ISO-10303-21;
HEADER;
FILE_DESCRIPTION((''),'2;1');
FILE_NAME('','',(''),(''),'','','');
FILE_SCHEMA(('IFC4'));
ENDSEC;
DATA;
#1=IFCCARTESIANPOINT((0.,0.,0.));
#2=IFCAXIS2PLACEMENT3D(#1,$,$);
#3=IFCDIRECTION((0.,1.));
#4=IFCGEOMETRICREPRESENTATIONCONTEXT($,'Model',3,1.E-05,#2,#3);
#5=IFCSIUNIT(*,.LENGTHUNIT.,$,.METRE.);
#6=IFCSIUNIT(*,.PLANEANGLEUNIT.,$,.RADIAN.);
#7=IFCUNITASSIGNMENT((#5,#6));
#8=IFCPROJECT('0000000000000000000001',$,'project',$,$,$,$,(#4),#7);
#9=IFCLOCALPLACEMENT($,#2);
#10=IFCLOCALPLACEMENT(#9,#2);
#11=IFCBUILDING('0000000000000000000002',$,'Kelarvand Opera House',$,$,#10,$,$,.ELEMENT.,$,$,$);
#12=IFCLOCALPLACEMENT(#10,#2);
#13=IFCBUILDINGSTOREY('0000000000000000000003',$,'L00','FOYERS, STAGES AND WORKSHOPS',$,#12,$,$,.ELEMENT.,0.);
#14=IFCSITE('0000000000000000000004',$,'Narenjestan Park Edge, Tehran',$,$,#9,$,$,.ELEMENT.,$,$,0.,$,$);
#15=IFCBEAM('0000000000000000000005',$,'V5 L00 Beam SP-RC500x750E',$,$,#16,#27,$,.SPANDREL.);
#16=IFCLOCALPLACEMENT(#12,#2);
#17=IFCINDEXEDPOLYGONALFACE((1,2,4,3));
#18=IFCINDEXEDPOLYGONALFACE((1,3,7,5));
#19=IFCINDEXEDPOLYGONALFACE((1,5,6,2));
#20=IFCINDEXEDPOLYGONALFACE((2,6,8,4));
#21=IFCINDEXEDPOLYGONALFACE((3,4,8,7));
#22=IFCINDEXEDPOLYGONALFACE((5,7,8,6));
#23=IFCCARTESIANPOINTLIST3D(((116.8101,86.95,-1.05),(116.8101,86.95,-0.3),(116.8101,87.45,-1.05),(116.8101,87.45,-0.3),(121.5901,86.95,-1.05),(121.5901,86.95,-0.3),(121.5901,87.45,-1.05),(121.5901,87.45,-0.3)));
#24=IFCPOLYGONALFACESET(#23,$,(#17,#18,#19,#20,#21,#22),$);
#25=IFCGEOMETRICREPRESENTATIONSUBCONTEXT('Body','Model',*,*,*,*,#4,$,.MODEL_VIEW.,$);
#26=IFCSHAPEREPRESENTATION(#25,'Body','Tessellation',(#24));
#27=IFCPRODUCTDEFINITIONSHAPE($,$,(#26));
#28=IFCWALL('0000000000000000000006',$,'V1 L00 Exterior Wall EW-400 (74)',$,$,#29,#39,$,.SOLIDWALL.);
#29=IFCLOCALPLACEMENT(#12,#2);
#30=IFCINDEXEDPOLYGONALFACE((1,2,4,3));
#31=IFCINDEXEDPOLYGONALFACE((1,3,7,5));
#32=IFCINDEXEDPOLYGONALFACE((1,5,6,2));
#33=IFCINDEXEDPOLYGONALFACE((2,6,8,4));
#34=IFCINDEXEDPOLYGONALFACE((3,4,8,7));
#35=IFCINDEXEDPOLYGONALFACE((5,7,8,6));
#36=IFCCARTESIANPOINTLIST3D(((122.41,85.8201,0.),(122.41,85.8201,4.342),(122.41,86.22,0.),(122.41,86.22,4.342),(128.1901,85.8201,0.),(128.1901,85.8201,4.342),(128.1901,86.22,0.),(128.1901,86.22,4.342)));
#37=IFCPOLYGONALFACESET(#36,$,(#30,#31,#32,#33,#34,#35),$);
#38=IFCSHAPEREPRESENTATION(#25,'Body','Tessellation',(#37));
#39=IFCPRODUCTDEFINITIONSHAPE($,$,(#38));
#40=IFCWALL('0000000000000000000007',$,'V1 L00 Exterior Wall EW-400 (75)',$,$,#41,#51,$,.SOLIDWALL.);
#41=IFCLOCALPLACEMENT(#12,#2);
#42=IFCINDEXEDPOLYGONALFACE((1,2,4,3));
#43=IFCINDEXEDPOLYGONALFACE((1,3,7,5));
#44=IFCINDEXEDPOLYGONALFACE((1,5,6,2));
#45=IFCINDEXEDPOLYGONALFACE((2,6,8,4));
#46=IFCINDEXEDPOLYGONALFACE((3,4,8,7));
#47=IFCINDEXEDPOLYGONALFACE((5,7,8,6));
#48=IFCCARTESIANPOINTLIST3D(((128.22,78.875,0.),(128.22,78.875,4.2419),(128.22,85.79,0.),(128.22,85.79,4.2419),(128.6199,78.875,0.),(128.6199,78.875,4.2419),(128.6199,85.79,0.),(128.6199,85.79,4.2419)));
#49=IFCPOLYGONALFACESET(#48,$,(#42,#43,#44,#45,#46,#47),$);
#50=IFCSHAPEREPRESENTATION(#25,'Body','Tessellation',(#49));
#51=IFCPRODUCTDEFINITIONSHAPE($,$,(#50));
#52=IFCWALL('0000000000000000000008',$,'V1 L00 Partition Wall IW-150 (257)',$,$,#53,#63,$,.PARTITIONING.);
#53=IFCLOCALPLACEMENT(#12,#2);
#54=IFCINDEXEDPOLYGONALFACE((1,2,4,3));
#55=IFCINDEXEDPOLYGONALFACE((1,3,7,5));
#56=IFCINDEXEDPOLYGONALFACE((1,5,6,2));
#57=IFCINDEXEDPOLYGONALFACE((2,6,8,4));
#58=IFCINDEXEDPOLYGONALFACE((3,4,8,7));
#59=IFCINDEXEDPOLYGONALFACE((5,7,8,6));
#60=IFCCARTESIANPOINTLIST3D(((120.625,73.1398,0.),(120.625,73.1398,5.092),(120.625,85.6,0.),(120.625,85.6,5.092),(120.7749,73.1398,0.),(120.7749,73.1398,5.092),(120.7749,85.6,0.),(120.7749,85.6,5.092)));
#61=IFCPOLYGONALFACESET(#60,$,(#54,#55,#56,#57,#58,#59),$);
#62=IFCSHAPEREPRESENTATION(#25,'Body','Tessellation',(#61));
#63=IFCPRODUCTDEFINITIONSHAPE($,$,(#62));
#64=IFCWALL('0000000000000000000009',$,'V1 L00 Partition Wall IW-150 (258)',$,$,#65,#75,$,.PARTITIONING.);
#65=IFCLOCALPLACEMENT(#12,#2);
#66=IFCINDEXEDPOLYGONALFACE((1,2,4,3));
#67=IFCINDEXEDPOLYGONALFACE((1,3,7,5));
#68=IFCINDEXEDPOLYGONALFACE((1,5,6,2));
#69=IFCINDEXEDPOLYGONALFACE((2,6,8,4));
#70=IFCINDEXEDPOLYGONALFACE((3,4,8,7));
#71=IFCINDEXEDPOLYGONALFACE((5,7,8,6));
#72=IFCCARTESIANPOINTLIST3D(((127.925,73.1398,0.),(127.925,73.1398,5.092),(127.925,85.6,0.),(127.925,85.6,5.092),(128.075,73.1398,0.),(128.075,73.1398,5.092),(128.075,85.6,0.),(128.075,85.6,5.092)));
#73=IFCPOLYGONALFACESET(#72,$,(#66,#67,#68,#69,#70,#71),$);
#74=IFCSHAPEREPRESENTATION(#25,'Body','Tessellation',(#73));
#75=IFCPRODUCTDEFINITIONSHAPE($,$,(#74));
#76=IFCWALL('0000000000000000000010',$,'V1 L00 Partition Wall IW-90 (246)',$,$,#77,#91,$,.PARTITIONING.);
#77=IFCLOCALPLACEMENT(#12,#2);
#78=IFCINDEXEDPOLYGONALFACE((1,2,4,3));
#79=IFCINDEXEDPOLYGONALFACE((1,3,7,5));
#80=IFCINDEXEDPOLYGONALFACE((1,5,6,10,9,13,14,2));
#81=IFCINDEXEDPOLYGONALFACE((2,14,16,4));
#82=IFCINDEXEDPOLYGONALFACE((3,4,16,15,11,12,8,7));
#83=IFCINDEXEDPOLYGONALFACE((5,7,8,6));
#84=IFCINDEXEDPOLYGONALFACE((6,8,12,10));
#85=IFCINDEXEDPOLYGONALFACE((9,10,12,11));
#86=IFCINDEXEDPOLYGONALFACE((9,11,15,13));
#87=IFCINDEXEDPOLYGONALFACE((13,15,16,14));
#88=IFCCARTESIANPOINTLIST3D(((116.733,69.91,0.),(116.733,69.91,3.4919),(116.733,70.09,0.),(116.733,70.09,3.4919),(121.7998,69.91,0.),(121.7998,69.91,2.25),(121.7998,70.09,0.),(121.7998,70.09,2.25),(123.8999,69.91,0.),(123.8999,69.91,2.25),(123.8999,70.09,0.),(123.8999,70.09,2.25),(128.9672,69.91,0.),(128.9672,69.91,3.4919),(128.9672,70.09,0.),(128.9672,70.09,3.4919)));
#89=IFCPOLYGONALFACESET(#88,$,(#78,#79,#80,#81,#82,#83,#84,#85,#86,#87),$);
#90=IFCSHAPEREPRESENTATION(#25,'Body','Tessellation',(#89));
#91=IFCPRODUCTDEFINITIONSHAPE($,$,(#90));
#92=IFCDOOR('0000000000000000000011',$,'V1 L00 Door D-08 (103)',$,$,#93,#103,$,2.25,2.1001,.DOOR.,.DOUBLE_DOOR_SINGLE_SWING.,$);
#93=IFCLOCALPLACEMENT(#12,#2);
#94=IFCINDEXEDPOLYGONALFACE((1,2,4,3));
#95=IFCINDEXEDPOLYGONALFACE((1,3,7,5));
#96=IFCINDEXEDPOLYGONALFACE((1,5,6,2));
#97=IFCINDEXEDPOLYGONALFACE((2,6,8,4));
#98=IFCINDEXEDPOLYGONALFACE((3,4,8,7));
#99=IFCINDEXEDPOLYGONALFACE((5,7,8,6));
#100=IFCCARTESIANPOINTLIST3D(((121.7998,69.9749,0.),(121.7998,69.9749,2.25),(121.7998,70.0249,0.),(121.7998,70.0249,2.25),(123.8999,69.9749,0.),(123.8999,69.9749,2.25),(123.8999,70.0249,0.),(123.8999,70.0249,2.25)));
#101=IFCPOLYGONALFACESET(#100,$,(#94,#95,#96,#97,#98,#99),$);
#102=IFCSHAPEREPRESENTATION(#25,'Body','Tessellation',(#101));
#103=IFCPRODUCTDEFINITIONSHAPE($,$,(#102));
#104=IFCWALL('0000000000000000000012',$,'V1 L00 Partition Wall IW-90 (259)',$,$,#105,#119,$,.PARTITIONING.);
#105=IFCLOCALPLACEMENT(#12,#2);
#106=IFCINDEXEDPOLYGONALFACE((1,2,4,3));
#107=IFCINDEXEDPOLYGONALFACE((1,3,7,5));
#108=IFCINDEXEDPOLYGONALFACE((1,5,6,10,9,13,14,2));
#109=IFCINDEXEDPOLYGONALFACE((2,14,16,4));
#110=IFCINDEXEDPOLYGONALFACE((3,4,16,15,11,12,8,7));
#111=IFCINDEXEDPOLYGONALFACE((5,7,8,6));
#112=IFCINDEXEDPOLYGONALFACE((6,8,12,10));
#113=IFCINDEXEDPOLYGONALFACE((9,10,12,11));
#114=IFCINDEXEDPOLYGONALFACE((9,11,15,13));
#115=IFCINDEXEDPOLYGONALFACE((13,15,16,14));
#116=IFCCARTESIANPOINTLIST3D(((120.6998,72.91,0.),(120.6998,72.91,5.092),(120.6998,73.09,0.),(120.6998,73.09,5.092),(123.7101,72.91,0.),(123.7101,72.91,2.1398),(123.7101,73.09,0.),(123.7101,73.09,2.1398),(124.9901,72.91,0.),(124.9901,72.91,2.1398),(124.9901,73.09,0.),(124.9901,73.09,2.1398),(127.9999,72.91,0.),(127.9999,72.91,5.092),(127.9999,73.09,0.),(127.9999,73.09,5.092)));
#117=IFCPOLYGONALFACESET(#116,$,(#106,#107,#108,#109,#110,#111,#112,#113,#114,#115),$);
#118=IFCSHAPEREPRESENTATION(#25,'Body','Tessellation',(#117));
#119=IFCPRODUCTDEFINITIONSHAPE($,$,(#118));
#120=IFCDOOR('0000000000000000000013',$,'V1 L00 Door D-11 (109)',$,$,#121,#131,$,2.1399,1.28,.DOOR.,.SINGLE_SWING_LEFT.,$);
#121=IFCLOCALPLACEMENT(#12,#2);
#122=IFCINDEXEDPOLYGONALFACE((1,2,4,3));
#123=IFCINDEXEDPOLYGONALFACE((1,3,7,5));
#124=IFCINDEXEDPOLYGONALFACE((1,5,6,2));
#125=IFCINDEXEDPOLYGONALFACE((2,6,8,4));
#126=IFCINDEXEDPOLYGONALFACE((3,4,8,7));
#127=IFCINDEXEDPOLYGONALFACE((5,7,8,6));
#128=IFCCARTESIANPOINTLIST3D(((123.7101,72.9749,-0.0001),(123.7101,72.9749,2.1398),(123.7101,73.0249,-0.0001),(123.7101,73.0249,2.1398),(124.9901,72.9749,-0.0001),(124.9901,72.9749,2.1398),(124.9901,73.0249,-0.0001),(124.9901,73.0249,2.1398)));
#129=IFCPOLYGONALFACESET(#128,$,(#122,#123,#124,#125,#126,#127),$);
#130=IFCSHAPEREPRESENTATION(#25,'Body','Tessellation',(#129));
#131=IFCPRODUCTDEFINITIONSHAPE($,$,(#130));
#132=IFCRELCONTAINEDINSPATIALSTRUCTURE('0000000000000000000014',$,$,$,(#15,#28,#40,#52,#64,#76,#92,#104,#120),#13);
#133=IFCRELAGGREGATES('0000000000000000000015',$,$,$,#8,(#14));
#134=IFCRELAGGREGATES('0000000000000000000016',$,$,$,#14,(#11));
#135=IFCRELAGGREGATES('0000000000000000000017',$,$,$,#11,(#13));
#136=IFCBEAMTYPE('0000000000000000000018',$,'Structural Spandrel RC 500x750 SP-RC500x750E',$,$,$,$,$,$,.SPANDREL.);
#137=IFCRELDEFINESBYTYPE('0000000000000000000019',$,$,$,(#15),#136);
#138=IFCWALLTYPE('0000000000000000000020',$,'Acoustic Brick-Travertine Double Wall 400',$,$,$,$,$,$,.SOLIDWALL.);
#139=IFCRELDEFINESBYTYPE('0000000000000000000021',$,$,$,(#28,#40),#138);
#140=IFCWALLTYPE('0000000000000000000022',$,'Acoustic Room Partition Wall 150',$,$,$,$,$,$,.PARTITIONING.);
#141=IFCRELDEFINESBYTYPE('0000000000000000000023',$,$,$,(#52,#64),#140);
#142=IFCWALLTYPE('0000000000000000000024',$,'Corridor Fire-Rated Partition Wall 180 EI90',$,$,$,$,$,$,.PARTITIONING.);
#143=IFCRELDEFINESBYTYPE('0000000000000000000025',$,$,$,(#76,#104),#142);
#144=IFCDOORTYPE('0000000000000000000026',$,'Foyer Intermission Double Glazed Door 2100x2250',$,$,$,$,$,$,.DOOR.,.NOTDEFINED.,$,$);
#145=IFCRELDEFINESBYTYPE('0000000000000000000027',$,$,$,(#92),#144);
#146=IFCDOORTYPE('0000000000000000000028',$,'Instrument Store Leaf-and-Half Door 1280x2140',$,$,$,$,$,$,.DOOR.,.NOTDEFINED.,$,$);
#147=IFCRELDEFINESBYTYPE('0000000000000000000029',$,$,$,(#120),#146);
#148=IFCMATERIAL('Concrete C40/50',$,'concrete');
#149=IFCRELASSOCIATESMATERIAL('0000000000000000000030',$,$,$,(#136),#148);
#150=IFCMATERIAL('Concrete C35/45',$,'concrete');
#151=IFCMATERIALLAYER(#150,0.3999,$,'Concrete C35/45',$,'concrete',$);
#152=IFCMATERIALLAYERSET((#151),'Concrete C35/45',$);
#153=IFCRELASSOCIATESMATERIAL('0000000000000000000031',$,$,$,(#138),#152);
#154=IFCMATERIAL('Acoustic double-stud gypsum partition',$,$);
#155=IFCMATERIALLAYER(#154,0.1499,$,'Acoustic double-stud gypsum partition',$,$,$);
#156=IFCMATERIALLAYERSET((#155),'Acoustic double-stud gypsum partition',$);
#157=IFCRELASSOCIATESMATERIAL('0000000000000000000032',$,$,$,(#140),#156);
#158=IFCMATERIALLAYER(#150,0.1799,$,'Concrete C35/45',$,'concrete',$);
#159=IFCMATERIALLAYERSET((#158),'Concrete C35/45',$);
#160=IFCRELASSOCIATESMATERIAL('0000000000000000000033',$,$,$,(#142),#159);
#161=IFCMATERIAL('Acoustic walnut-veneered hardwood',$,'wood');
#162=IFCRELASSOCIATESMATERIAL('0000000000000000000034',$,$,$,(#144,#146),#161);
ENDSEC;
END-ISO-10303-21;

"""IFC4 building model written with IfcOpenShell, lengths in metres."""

from ifc_helpers import new_model, si_unit, direction, frame, frame_2d, origin, origin_2d, place, context, subcontext, project, spatial, rectangle, extrude, material, layer, layer_set, material_profile, profile_set, type_object, element, fill, save


model = new_model("IFC4")

# Units and contexts
model_context = context("Model", 3, precision=1e-05, world=origin(), true_north=direction((0.0, 1.0)))
body_context = subcontext(model_context, "Body", "Model", "MODEL_VIEW")
ifc_project = project(units=[si_unit("LENGTHUNIT", "METRE"), si_unit("PLANEANGLEUNIT", "RADIAN")], contexts=[model_context])

# Site, building, storey
site_placement = place(None, origin())
site = spatial("IfcSite", under=ifc_project, at=site_placement, Name="Narenjestan Park Edge, Tehran", CompositionType="ELEMENT", RefElevation=0.0)
building_placement = place(site_placement, origin())
building = spatial("IfcBuilding", under=site, at=building_placement, Name="Kelarvand Opera House", CompositionType="ELEMENT")
storey_placement = place(building_placement, origin())
storey = spatial("IfcBuildingStorey", under=building, at=storey_placement, Name="L00", Description="FOYERS, STAGES AND WORKSHOPS", CompositionType="ELEMENT", Elevation=0.0)

# Shared definitions
ifc_material_1 = material(Name="Concrete C40/50", Category="concrete")

# Beam
ifc_material_profile_1 = material_profile(ifc_material_1, rectangle(XDim=0.5, YDim=0.75, at=origin_2d()), Name="RC 500x750", Category="concrete")
ifc_profile_set_1 = profile_set([ifc_material_profile_1], Name="Concrete C40/50")
beam_type_1 = type_object("IfcBeamType", Name="Structural Spandrel RC 500x750 SP-RC500x750E", PredefinedType="SPANDREL", material=ifc_profile_set_1)
beam_1_placement = place(storey_placement, frame((116.8101, 87.2, -0.675), z_axis=(1.0, 0.0, 0.0), x_axis=(0.0, 1.0, 0.0)))
element("IfcBeam", 1, at=beam_1_placement, inside=storey, type_object=beam_type_1, Name="V5 L00 Beam SP-RC500x750E", PredefinedType="SPANDREL", context=body_context, shape_type="SweptSolid", body=[
    extrude(rectangle(XDim=0.5, YDim=0.75, at=origin_2d()), origin(), (0.0, 0.0, 1.0), 4.78),
])

# Walls
ifc_material_2 = material(Name="Concrete C35/45", Category="concrete")
ifc_layer_1 = layer(ifc_material_2, 0.3999, Name="Concrete C35/45", Category="concrete")
ifc_layer_set_1 = layer_set([ifc_layer_1], Name="Concrete C35/45")
wall_type_1 = type_object("IfcWallType", Name="Acoustic Brick-Travertine Double Wall 400", PredefinedType="SOLIDWALL", material=ifc_layer_set_1)
wall_1_placement = place(storey_placement, frame((122.4099, 86.02, 0.0), z_axis=(0.0, 0.0, 1.0), x_axis=(1.0, 0.0, 0.0)))
element("IfcWall", 2, at=wall_1_placement, inside=storey, type_object=wall_type_1, Name="V1 L00 Exterior Wall EW-400 (74)", PredefinedType="SOLIDWALL", context=body_context, shape_type="SweptSolid", body=[
    extrude(rectangle(XDim=5.78, YDim=0.3999, at=frame_2d((2.8901, 0.0))), origin(), (0.0, 0.0, 1.0), 4.342),
])
wall_2_placement = place(storey_placement, frame((128.4199, 85.79, 0.0), z_axis=(0.0, 0.0, 1.0), x_axis=(0.0, -1.0, 0.0)))
element("IfcWall", 3, at=wall_2_placement, inside=storey, type_object=wall_type_1, Name="V1 L00 Exterior Wall EW-400 (75)", PredefinedType="SOLIDWALL", context=body_context, shape_type="SweptSolid", body=[
    extrude(rectangle(XDim=6.915, YDim=0.3999, at=frame_2d((3.4575, 0.0))), origin(), (0.0, 0.0, 1.0), 4.2419),
])
ifc_material_3 = material(Name="Acoustic double-stud gypsum partition")
ifc_layer_2 = layer(ifc_material_3, 0.1499, Name="Acoustic double-stud gypsum partition")
ifc_layer_set_2 = layer_set([ifc_layer_2], Name="Acoustic double-stud gypsum partition")
wall_type_2 = type_object("IfcWallType", Name="Acoustic Room Partition Wall 150", PredefinedType="PARTITIONING", material=ifc_layer_set_2)
for number, where, z_axis, x_axis, name in (
    (4, (120.7, 73.1399, 0.0), (0.0, 0.0, 1.0), (0.0, 1.0, 0.0), "V1 L00 Partition Wall IW-150 (257)"),
    (5, (128.0, 73.1399, 0.0), (0.0, 0.0, 1.0), (0.0, 1.0, 0.0), "V1 L00 Partition Wall IW-150 (258)"),
):
    element("IfcWall", number, at=place(storey_placement, frame(where, z_axis=z_axis, x_axis=x_axis)), inside=storey, type_object=wall_type_2, Name=name, PredefinedType="PARTITIONING", context=body_context, shape_type="SweptSolid", body=[
        extrude(rectangle(XDim=12.4602, YDim=0.1499, at=frame_2d((6.23, 0.0))), origin(), (0.0, 0.0, 1.0), 5.092),
    ])

# Walls, openings, doors
ifc_layer_3 = layer(ifc_material_2, 0.1799, Name="Concrete C35/45", Category="concrete")
ifc_layer_set_3 = layer_set([ifc_layer_3], Name="Concrete C35/45")
wall_type_3 = type_object("IfcWallType", Name="Corridor Fire-Rated Partition Wall 180 EI90", PredefinedType="PARTITIONING", material=ifc_layer_set_3)
wall_3_placement = place(storey_placement, frame((116.7329, 70.0, 0.0), z_axis=(0.0, 0.0, 1.0), x_axis=(1.0, 0.0, 0.0)))
wall_3 = element("IfcWall", 6, at=wall_3_placement, inside=storey, type_object=wall_type_3, Name="V1 L00 Partition Wall IW-90 (246)", PredefinedType="PARTITIONING", context=body_context, shape_type="SweptSolid", body=[
    extrude(rectangle(XDim=12.2341, YDim=0.1799, at=frame_2d((6.1172, 0.0))), origin(), (0.0, 0.0, 1.0), 3.4919),
])
opening_1_placement = place(wall_3_placement, frame((5.0669, 0.0, 0.0)))
opening_1 = element("IfcOpeningElement", 7, at=opening_1_placement, cuts=wall_3, PredefinedType="OPENING", context=body_context, shape_type="SweptSolid", body=[
    extrude(rectangle(XDim=2.1001, YDim=2.25, at=frame_2d((1.05, 1.125))), frame((0.0, 0.1001, 0.0), z_axis=(0.0, -1.0, 0.0), x_axis=(1.0, 0.0, 0.0)), (0.0, 0.0, 1.0), 0.2),
])
ifc_material_4 = material(Name="Acoustic walnut-veneered hardwood", Category="wood")
door_type_1 = type_object("IfcDoorType", Name="Foyer Intermission Double Glazed Door 2100x2250", OperationType="NOTDEFINED", PredefinedType="DOOR", material=ifc_material_4)
door_1_placement = place(opening_1_placement, origin())
door_1 = element("IfcDoor", 8, at=door_1_placement, inside=storey, type_object=door_type_1, Name="V1 L00 Door D-08 (103)", OperationType="DOUBLE_DOOR_SINGLE_SWING", OverallHeight=2.25, OverallWidth=2.1001, PredefinedType="DOOR", context=body_context, shape_type="SweptSolid", body=[
    extrude(rectangle(XDim=2.1001, YDim=2.25, at=frame_2d((1.05, 1.125))), frame((0.0, 0.0249, 0.0), z_axis=(0.0, -1.0, 0.0), x_axis=(1.0, 0.0, 0.0)), (0.0, 0.0, 1.0), 0.05),
])
fill(opening_1, door_1)
wall_4_placement = place(storey_placement, frame((120.7, 73.0, 0.0), z_axis=(0.0, 0.0, 1.0), x_axis=(1.0, 0.0, 0.0)))
wall_4 = element("IfcWall", 9, at=wall_4_placement, inside=storey, type_object=wall_type_3, Name="V1 L00 Partition Wall IW-90 (259)", PredefinedType="PARTITIONING", context=body_context, shape_type="SweptSolid", body=[
    extrude(rectangle(XDim=7.3, YDim=0.1799, at=frame_2d((3.6499, 0.0))), origin(), (0.0, 0.0, 1.0), 5.092),
])
opening_2_placement = place(wall_4_placement, frame((3.01, 0.0, 0.0)))
opening_2 = element("IfcOpeningElement", 10, at=opening_2_placement, cuts=wall_4, PredefinedType="OPENING", context=body_context, shape_type="SweptSolid", body=[
    extrude(rectangle(XDim=1.28, YDim=2.1399, at=frame_2d((0.6401, 1.0698))), frame((0.0, 0.1001, 0.0), z_axis=(0.0, -1.0, 0.0), x_axis=(1.0, 0.0, 0.0)), (0.0, 0.0, 1.0), 0.2),
])
door_type_2 = type_object("IfcDoorType", Name="Instrument Store Leaf-and-Half Door 1280x2140", OperationType="NOTDEFINED", PredefinedType="DOOR", material=ifc_material_4)
door_2_placement = place(opening_2_placement, origin())
door_2 = element("IfcDoor", 11, at=door_2_placement, inside=storey, type_object=door_type_2, Name="V1 L00 Door D-11 (109)", OperationType="SINGLE_SWING_LEFT", OverallHeight=2.1399, OverallWidth=1.28, PredefinedType="DOOR", context=body_context, shape_type="SweptSolid", body=[
    extrude(rectangle(XDim=1.28, YDim=2.1399, at=frame_2d((0.6401, 1.0698))), frame((0.0, 0.0249, 0.0), z_axis=(0.0, -1.0, 0.0), x_axis=(1.0, 0.0, 0.0)), (0.0, 0.0, 1.0), 0.05),
])
fill(opening_2, door_2)

save(model, "model.ifc")
